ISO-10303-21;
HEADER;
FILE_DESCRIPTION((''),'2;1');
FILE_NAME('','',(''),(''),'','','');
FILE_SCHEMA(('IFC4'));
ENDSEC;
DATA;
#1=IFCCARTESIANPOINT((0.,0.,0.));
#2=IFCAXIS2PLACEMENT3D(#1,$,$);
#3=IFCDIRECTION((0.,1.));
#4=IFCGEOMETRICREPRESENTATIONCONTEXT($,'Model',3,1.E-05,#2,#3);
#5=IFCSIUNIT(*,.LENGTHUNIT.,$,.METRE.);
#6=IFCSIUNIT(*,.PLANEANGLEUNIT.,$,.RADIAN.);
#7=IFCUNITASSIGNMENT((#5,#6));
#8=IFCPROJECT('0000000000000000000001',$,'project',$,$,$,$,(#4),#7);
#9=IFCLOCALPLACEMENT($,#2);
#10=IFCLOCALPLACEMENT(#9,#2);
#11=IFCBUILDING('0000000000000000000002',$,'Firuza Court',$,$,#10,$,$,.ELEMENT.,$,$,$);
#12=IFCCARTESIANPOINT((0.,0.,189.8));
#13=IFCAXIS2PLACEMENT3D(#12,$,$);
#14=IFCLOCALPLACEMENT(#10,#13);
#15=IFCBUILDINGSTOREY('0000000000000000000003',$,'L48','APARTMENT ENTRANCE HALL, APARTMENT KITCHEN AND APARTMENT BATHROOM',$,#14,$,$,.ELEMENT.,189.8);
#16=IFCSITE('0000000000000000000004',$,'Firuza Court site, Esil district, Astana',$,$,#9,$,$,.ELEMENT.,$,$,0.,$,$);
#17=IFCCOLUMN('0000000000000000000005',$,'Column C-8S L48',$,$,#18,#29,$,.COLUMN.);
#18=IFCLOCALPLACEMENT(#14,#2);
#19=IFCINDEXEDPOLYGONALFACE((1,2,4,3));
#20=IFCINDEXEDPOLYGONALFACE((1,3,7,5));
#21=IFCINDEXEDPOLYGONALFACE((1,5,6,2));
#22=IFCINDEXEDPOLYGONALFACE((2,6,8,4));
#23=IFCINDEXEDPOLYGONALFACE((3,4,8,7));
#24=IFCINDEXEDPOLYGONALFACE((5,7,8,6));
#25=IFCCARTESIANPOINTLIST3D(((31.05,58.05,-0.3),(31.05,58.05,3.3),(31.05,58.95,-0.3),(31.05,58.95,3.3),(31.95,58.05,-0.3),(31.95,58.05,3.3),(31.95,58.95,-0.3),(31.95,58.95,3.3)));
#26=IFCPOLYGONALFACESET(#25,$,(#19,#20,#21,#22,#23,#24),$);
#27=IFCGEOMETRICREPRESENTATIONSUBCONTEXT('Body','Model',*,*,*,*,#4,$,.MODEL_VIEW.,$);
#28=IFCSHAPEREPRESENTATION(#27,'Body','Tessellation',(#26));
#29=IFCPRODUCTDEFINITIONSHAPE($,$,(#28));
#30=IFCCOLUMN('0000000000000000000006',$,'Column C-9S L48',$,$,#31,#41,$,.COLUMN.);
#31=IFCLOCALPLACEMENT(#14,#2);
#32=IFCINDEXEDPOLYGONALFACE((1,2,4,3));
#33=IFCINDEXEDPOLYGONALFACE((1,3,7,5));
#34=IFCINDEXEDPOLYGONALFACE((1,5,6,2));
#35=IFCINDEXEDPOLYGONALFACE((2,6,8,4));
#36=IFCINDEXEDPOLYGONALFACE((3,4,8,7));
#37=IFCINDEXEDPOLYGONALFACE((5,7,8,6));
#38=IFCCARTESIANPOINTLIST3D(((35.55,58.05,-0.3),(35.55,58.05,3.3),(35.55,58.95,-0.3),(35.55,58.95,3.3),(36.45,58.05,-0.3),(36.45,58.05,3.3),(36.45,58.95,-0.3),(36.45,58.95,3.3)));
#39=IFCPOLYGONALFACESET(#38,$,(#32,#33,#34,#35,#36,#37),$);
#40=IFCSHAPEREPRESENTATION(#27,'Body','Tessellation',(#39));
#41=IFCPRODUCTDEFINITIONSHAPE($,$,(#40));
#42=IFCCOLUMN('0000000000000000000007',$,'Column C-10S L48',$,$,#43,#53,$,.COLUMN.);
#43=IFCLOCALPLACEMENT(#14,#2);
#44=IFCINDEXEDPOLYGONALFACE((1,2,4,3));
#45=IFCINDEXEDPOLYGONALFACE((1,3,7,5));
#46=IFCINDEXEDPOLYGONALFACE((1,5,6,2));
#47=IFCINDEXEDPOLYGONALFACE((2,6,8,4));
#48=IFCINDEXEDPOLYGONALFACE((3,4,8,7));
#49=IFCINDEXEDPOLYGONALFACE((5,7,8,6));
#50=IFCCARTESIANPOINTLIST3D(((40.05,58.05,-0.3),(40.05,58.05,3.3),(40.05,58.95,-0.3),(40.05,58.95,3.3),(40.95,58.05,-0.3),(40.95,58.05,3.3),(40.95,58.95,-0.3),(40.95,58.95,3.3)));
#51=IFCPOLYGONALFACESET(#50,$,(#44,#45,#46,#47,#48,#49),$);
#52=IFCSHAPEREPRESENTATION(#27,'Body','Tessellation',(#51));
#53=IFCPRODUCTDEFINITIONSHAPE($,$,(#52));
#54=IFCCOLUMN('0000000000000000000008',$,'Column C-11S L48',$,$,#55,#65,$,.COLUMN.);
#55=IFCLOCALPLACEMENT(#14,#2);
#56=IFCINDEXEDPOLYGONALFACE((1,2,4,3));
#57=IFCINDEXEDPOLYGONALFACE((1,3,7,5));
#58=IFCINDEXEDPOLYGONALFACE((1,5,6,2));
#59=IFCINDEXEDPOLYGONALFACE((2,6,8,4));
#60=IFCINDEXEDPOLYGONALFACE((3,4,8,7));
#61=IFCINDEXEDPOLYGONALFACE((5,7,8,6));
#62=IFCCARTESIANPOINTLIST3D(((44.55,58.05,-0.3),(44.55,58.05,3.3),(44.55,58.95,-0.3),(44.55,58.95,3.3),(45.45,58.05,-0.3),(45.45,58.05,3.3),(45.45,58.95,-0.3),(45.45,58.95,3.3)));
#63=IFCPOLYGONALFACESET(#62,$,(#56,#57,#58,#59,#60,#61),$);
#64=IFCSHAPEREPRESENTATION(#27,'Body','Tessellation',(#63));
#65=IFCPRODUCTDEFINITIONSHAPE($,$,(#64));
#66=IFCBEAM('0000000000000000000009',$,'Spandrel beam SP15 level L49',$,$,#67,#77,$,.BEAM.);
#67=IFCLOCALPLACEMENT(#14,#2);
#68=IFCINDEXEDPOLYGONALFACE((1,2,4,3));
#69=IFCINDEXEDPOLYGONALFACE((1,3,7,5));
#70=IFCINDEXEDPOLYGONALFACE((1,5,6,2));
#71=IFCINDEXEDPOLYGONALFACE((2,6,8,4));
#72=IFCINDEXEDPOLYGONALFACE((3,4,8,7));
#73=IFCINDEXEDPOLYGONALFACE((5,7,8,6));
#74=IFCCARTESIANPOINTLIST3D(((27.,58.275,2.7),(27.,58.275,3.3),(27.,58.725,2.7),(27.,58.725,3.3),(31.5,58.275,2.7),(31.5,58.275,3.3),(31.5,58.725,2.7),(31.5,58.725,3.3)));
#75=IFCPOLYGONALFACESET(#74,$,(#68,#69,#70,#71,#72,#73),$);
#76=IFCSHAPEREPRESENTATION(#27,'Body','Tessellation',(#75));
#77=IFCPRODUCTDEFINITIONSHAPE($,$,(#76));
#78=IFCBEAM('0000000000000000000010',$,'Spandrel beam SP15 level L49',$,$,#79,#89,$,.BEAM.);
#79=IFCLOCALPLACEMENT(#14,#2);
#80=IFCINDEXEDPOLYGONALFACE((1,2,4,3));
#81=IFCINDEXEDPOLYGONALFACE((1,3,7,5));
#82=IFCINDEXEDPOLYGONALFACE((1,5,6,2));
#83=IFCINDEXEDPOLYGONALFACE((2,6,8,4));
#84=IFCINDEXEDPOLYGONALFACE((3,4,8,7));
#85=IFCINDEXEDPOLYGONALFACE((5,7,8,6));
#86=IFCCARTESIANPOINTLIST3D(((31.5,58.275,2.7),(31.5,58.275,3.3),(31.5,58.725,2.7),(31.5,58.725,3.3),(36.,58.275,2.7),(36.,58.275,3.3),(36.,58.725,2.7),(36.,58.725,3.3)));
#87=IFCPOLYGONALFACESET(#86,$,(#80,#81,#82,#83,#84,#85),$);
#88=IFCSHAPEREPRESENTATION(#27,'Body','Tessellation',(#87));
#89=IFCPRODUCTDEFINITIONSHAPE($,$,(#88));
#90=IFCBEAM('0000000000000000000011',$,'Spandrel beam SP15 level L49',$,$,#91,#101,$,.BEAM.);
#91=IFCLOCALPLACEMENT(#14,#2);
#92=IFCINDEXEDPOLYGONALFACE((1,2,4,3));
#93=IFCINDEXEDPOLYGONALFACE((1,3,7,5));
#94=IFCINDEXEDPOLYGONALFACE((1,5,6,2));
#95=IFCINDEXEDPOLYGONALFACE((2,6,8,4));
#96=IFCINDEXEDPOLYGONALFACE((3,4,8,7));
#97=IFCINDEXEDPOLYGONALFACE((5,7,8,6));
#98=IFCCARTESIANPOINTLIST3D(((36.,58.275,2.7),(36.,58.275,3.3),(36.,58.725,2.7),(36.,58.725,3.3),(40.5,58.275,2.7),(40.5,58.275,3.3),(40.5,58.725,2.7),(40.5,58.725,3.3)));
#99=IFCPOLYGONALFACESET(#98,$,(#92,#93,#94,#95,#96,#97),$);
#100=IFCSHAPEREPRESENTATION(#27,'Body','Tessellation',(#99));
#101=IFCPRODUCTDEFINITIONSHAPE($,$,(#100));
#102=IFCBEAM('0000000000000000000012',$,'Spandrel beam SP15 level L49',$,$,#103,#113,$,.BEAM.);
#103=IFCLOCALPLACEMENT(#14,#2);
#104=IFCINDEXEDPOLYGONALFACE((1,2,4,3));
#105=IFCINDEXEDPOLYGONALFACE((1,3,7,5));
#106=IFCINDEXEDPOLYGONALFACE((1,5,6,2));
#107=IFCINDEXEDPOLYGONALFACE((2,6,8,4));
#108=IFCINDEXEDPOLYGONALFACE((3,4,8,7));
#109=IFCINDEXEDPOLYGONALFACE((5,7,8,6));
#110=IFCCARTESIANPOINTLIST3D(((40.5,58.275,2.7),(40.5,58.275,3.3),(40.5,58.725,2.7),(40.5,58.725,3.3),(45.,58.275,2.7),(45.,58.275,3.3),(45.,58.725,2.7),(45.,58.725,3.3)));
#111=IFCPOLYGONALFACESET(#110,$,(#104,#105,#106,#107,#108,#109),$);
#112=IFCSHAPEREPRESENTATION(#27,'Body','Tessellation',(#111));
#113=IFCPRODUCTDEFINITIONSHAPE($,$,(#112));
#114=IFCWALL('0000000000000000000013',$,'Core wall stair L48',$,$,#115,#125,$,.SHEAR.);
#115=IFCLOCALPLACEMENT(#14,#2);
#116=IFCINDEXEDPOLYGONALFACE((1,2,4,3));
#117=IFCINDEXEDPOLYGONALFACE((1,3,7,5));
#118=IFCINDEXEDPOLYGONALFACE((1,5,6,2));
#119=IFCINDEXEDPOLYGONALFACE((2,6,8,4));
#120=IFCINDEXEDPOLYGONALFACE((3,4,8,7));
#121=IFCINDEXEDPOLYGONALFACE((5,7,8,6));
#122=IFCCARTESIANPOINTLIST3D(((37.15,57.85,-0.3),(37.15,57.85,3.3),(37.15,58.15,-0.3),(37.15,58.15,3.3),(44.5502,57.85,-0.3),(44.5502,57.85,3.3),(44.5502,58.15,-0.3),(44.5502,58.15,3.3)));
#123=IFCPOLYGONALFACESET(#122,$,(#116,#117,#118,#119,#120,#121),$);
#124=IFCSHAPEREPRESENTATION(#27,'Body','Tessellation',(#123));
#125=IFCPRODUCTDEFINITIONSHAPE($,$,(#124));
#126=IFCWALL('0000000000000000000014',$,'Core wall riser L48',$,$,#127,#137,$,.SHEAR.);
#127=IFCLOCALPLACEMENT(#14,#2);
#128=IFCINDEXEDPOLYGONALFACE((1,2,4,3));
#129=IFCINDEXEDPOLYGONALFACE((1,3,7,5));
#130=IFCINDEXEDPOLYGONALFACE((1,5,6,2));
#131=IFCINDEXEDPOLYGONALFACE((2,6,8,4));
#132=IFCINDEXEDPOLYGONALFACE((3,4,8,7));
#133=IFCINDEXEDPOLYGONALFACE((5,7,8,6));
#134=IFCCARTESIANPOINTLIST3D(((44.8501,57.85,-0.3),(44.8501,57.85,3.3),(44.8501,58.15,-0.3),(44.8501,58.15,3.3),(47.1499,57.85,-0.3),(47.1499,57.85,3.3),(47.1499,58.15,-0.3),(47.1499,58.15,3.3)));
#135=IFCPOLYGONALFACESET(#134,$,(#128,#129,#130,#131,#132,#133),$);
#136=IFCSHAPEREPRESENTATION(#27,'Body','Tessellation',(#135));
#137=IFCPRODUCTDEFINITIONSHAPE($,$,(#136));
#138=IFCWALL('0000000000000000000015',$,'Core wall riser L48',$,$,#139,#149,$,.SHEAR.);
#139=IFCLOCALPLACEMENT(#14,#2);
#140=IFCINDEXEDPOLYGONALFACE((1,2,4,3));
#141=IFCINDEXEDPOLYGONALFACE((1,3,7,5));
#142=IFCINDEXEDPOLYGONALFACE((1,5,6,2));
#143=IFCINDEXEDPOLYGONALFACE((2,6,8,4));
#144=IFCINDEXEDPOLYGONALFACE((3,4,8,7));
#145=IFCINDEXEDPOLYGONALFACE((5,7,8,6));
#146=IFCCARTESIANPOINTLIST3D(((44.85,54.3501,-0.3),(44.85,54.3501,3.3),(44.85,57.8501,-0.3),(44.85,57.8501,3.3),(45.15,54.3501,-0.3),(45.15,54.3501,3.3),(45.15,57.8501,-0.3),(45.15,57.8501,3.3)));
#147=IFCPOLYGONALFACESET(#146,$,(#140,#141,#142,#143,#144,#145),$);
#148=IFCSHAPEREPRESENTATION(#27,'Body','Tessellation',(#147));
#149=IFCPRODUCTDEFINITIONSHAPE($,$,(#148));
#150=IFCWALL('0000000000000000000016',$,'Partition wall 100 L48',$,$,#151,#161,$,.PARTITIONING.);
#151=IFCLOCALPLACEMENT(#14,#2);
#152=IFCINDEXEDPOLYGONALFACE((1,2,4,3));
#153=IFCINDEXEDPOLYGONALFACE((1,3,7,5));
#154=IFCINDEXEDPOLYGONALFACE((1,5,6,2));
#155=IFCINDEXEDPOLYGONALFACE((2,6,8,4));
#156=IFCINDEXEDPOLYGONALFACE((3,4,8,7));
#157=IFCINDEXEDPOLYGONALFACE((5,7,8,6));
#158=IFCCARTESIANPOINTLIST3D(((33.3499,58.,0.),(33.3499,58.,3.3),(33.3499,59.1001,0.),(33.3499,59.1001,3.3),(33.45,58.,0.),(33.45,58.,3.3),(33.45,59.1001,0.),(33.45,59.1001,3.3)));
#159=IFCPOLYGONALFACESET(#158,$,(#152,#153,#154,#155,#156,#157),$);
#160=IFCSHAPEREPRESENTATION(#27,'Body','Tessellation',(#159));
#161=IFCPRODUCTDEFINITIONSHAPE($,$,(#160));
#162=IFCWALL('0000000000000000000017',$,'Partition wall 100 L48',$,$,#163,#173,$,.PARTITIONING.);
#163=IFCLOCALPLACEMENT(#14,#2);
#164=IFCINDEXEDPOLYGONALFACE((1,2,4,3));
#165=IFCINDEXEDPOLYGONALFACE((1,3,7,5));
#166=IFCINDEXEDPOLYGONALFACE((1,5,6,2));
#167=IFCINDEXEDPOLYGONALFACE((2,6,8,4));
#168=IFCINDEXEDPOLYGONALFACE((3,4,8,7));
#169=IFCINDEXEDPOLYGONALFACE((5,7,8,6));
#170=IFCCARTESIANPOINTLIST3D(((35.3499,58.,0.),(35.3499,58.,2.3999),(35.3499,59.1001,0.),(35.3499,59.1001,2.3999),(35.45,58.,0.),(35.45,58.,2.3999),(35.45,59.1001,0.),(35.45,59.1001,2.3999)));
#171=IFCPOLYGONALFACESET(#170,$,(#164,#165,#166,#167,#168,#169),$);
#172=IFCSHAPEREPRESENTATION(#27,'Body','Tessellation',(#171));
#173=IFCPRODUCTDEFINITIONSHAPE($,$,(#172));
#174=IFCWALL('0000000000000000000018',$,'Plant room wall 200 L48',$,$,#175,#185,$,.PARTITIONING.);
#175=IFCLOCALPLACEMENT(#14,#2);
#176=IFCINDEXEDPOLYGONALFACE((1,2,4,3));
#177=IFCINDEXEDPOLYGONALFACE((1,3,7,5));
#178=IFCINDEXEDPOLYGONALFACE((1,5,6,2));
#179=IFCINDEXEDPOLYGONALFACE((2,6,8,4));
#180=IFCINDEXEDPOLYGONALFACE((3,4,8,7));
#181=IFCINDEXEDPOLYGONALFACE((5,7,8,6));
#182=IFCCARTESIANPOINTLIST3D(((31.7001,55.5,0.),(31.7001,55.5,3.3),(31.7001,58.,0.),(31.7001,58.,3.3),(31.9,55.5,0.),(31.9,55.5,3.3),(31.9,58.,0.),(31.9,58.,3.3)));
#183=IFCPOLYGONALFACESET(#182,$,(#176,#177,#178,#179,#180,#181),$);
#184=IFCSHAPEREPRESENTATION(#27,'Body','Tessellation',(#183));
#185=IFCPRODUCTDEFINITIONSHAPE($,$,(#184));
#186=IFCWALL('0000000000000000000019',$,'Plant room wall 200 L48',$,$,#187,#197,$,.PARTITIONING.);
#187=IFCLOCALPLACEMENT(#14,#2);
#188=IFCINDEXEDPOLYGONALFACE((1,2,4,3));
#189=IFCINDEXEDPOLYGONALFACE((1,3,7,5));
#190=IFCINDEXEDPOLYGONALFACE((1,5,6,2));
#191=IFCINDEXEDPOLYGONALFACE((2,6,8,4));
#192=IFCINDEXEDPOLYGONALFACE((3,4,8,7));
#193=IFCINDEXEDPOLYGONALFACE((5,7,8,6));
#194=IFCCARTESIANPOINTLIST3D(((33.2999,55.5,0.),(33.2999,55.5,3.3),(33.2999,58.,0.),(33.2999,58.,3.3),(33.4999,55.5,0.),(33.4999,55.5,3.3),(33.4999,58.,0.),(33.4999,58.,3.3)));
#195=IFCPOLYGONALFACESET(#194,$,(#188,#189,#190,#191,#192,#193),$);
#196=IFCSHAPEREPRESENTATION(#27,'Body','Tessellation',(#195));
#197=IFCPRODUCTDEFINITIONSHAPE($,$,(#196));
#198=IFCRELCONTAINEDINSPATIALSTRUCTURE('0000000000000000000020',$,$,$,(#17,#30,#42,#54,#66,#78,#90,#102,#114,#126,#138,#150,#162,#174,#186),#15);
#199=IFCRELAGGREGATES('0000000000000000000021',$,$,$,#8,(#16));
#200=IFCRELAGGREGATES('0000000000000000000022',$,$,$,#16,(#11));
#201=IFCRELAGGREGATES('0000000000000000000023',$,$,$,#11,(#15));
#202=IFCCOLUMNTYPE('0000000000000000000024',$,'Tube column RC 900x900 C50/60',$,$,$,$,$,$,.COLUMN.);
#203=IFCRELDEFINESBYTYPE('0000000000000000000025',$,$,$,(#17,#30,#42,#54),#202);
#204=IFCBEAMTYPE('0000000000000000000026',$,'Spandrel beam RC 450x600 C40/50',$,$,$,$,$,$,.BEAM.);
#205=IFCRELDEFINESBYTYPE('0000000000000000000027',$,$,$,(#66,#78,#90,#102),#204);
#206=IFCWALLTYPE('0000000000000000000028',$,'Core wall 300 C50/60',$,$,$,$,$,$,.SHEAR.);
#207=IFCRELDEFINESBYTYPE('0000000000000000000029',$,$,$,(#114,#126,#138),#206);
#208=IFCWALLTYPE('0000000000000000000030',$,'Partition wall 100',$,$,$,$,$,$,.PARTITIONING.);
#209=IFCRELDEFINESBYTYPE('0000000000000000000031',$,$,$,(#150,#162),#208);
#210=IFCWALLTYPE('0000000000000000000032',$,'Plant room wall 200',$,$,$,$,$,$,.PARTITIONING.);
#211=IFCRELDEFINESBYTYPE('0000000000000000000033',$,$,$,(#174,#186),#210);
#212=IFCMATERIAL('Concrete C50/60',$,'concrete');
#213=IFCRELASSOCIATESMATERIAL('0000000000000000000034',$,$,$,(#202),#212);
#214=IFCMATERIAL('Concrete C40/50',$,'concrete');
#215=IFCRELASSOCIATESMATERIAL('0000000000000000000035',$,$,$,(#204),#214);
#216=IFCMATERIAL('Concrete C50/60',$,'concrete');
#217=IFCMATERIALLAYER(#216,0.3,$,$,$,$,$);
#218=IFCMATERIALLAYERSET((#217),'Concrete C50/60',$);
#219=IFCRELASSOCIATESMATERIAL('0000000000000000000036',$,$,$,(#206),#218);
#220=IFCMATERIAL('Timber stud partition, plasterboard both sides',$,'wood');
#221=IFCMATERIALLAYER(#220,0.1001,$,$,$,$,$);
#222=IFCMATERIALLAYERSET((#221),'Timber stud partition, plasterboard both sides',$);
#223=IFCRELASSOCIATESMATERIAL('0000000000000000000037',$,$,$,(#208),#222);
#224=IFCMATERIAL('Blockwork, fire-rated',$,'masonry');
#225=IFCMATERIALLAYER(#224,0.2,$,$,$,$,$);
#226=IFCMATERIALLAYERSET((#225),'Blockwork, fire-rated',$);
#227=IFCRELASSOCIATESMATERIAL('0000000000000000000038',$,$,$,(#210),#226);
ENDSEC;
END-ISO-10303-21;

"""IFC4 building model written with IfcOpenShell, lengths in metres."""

from ifc_helpers import new_model, si_unit, direction, frame, frame_2d, origin, origin_2d, place, context, subcontext, project, spatial, rectangle, extrude, material, layer, layer_set, material_profile, profile_set, type_object, element, save


model = new_model("IFC4")

# Units and contexts
model_context = context("Model", 3, precision=1e-05, world=origin(), true_north=direction((0.0, 1.0)))
body_context = subcontext(model_context, "Body", "Model", "MODEL_VIEW")
ifc_project = project(units=[si_unit("LENGTHUNIT", "METRE"), si_unit("PLANEANGLEUNIT", "RADIAN")], contexts=[model_context])

# Site, building, storey
site_placement = place(None, origin())
site = spatial("IfcSite", under=ifc_project, at=site_placement, Name="Firuza Court site, Esil district, Astana", CompositionType="ELEMENT", RefElevation=0.0)
building_placement = place(site_placement, origin())
building = spatial("IfcBuilding", under=site, at=building_placement, Name="Firuza Court", CompositionType="ELEMENT")
storey_placement = place(building_placement, frame((0.0, 0.0, 189.8)))
storey = spatial("IfcBuildingStorey", under=building, at=storey_placement, Name="L48", Description="APARTMENT ENTRANCE HALL, APARTMENT KITCHEN AND APARTMENT BATHROOM", CompositionType="ELEMENT", Elevation=189.8)

# Columns
ifc_material_1 = material(Name="Concrete C50/60", Category="concrete")
ifc_material_profile_1 = material_profile(ifc_material_1, rectangle(XDim=0.8999, YDim=0.8999, at=origin_2d()), Name="RC 900x900")
ifc_profile_set_1 = profile_set([ifc_material_profile_1], Name="Concrete C50/60")
column_type = type_object("IfcColumnType", Name="Tube column RC 900x900 C50/60", PredefinedType="COLUMN", material=ifc_profile_set_1)
for number, where, z_axis, x_axis, name in (
    (1, (31.5, 58.5, -0.3), (0.0, 0.0, 1.0), (1.0, 0.0, 0.0), "Column C-8S L48"),
    (2, (36.0, 58.5, -0.3), (0.0, 0.0, 1.0), (1.0, 0.0, 0.0), "Column C-9S L48"),
    (3, (40.5, 58.5, -0.3), (0.0, 0.0, 1.0), (1.0, 0.0, 0.0), "Column C-10S L48"),
    (4, (45.0, 58.5, -0.3), (0.0, 0.0, 1.0), (1.0, 0.0, 0.0), "Column C-11S L48"),
):
    element("IfcColumn", number, at=place(storey_placement, frame(where, z_axis=z_axis, x_axis=x_axis)), inside=storey, type_object=column_type, Name=name, PredefinedType="COLUMN", context=body_context, shape_type="SweptSolid", body=[
        extrude(rectangle(XDim=0.8999, YDim=0.8999, at=origin_2d()), origin(), (0.0, 0.0, 1.0), 3.6001),
    ])

# Beams
ifc_material_2 = material(Name="Concrete C40/50", Category="concrete")
ifc_material_profile_2 = material_profile(ifc_material_2, rectangle(XDim=0.45, YDim=0.6001, at=origin_2d()), Name="RC 450x600")
ifc_profile_set_2 = profile_set([ifc_material_profile_2], Name="Concrete C40/50")
beam_type = type_object("IfcBeamType", Name="Spandrel beam RC 450x600 C40/50", PredefinedType="BEAM", material=ifc_profile_set_2)
for number, where, z_axis, x_axis, name in (
    (5, (31.5, 58.5, 3.0), (-1.0, 0.0, 0.0), (0.0, -1.0, 0.0), "Spandrel beam SP15 level L49"),
    (6, (36.0, 58.5, 3.0), (-1.0, 0.0, 0.0), (0.0, -1.0, 0.0), "Spandrel beam SP15 level L49"),
    (7, (40.5, 58.5, 3.0), (-1.0, 0.0, 0.0), (0.0, -1.0, 0.0), "Spandrel beam SP15 level L49"),
    (8, (45.0, 58.5, 3.0), (-1.0, 0.0, 0.0), (0.0, -1.0, 0.0), "Spandrel beam SP15 level L49"),
):
    element("IfcBeam", number, at=place(storey_placement, frame(where, z_axis=z_axis, x_axis=x_axis)), inside=storey, type_object=beam_type, Name=name, PredefinedType="BEAM", context=body_context, shape_type="SweptSolid", body=[
        extrude(rectangle(XDim=0.45, YDim=0.6001, at=origin_2d()), origin(), (0.0, 0.0, 1.0), 4.5),
    ])

# Walls
ifc_material_3 = material(Name="Concrete C50/60", Category="concrete")
ifc_layer_1 = layer(ifc_material_3, 0.3)
ifc_layer_set_1 = layer_set([ifc_layer_1], Name="Concrete C50/60")
wall_type_1 = type_object("IfcWallType", Name="Core wall 300 C50/60", PredefinedType="SHEAR", material=ifc_layer_set_1)
wall_1_placement = place(storey_placement, frame((37.1499, 58.0, -0.3), z_axis=(0.0, 0.0, 1.0), x_axis=(1.0, 0.0, 0.0)))
element("IfcWall", 9, at=wall_1_placement, inside=storey, type_object=wall_type_1, Name="Core wall stair L48", PredefinedType="SHEAR", context=body_context, shape_type="SweptSolid", body=[
    extrude(rectangle(XDim=7.4001, YDim=0.3, at=frame_2d((3.7002, 0.0))), origin(), (0.0, 0.0, 1.0), 3.6001),
])
wall_2_placement = place(storey_placement, frame((44.8501, 58.0, -0.3), z_axis=(0.0, 0.0, 1.0), x_axis=(1.0, 0.0, 0.0)))
element("IfcWall", 10, at=wall_2_placement, inside=storey, type_object=wall_type_1, Name="Core wall riser L48", PredefinedType="SHEAR", context=body_context, shape_type="SweptSolid", body=[
    extrude(rectangle(XDim=2.2998, YDim=0.3, at=frame_2d((1.1499, 0.0))), origin(), (0.0, 0.0, 1.0), 3.6001),
])
wall_3_placement = place(storey_placement, frame((45.0, 54.3501, -0.3), z_axis=(0.0, 0.0, 1.0), x_axis=(0.0, 1.0, 0.0)))
element("IfcWall", 11, at=wall_3_placement, inside=storey, type_object=wall_type_1, Name="Core wall riser L48", PredefinedType="SHEAR", context=body_context, shape_type="SweptSolid", body=[
    extrude(rectangle(XDim=3.5, YDim=0.3, at=frame_2d((1.75, 0.0))), origin(), (0.0, 0.0, 1.0), 3.6001),
])
ifc_material_4 = material(Name="Timber stud partition, plasterboard both sides", Category="wood")
ifc_layer_2 = layer(ifc_material_4, 0.1001)
ifc_layer_set_2 = layer_set([ifc_layer_2], Name="Timber stud partition, plasterboard both sides")
wall_type_2 = type_object("IfcWallType", Name="Partition wall 100", PredefinedType="PARTITIONING", material=ifc_layer_set_2)
wall_4_placement = place(storey_placement, frame((33.3999, 58.0, 0.0), z_axis=(0.0, 0.0, 1.0), x_axis=(0.0, 1.0, 0.0)))
element("IfcWall", 12, at=wall_4_placement, inside=storey, type_object=wall_type_2, Name="Partition wall 100 L48", PredefinedType="PARTITIONING", context=body_context, shape_type="SweptSolid", body=[
    extrude(rectangle(XDim=1.1001, YDim=0.1001, at=frame_2d((0.55, 0.0))), origin(), (0.0, 0.0, 1.0), 3.3),
])
wall_5_placement = place(storey_placement, frame((35.3999, 58.0, 0.0), z_axis=(0.0, 0.0, 1.0), x_axis=(0.0, 1.0, 0.0)))
element("IfcWall", 13, at=wall_5_placement, inside=storey, type_object=wall_type_2, Name="Partition wall 100 L48", PredefinedType="PARTITIONING", context=body_context, shape_type="SweptSolid", body=[
    extrude(rectangle(XDim=1.1001, YDim=0.1001, at=frame_2d((0.55, 0.0))), origin(), (0.0, 0.0, 1.0), 2.3999),
])
ifc_material_5 = material(Name="Blockwork, fire-rated", Category="masonry")
ifc_layer_3 = layer(ifc_material_5, 0.2)
ifc_layer_set_3 = layer_set([ifc_layer_3], Name="Blockwork, fire-rated")
wall_type_3 = type_object("IfcWallType", Name="Plant room wall 200", PredefinedType="PARTITIONING", material=ifc_layer_set_3)
for number, where, z_axis, x_axis, name in (
    (14, (31.8, 55.5, 0.0), (0.0, 0.0, 1.0), (0.0, 1.0, 0.0), "Plant room wall 200 L48"),
    (15, (33.3999, 55.5, 0.0), (0.0, 0.0, 1.0), (0.0, 1.0, 0.0), "Plant room wall 200 L48"),
):
    element("IfcWall", number, at=place(storey_placement, frame(where, z_axis=z_axis, x_axis=x_axis)), inside=storey, type_object=wall_type_3, Name=name, PredefinedType="PARTITIONING", context=body_context, shape_type="SweptSolid", body=[
        extrude(rectangle(XDim=2.5, YDim=0.2, at=frame_2d((1.25, 0.0))), origin(), (0.0, 0.0, 1.0), 3.3),
    ])

save(model, "model.ifc")
